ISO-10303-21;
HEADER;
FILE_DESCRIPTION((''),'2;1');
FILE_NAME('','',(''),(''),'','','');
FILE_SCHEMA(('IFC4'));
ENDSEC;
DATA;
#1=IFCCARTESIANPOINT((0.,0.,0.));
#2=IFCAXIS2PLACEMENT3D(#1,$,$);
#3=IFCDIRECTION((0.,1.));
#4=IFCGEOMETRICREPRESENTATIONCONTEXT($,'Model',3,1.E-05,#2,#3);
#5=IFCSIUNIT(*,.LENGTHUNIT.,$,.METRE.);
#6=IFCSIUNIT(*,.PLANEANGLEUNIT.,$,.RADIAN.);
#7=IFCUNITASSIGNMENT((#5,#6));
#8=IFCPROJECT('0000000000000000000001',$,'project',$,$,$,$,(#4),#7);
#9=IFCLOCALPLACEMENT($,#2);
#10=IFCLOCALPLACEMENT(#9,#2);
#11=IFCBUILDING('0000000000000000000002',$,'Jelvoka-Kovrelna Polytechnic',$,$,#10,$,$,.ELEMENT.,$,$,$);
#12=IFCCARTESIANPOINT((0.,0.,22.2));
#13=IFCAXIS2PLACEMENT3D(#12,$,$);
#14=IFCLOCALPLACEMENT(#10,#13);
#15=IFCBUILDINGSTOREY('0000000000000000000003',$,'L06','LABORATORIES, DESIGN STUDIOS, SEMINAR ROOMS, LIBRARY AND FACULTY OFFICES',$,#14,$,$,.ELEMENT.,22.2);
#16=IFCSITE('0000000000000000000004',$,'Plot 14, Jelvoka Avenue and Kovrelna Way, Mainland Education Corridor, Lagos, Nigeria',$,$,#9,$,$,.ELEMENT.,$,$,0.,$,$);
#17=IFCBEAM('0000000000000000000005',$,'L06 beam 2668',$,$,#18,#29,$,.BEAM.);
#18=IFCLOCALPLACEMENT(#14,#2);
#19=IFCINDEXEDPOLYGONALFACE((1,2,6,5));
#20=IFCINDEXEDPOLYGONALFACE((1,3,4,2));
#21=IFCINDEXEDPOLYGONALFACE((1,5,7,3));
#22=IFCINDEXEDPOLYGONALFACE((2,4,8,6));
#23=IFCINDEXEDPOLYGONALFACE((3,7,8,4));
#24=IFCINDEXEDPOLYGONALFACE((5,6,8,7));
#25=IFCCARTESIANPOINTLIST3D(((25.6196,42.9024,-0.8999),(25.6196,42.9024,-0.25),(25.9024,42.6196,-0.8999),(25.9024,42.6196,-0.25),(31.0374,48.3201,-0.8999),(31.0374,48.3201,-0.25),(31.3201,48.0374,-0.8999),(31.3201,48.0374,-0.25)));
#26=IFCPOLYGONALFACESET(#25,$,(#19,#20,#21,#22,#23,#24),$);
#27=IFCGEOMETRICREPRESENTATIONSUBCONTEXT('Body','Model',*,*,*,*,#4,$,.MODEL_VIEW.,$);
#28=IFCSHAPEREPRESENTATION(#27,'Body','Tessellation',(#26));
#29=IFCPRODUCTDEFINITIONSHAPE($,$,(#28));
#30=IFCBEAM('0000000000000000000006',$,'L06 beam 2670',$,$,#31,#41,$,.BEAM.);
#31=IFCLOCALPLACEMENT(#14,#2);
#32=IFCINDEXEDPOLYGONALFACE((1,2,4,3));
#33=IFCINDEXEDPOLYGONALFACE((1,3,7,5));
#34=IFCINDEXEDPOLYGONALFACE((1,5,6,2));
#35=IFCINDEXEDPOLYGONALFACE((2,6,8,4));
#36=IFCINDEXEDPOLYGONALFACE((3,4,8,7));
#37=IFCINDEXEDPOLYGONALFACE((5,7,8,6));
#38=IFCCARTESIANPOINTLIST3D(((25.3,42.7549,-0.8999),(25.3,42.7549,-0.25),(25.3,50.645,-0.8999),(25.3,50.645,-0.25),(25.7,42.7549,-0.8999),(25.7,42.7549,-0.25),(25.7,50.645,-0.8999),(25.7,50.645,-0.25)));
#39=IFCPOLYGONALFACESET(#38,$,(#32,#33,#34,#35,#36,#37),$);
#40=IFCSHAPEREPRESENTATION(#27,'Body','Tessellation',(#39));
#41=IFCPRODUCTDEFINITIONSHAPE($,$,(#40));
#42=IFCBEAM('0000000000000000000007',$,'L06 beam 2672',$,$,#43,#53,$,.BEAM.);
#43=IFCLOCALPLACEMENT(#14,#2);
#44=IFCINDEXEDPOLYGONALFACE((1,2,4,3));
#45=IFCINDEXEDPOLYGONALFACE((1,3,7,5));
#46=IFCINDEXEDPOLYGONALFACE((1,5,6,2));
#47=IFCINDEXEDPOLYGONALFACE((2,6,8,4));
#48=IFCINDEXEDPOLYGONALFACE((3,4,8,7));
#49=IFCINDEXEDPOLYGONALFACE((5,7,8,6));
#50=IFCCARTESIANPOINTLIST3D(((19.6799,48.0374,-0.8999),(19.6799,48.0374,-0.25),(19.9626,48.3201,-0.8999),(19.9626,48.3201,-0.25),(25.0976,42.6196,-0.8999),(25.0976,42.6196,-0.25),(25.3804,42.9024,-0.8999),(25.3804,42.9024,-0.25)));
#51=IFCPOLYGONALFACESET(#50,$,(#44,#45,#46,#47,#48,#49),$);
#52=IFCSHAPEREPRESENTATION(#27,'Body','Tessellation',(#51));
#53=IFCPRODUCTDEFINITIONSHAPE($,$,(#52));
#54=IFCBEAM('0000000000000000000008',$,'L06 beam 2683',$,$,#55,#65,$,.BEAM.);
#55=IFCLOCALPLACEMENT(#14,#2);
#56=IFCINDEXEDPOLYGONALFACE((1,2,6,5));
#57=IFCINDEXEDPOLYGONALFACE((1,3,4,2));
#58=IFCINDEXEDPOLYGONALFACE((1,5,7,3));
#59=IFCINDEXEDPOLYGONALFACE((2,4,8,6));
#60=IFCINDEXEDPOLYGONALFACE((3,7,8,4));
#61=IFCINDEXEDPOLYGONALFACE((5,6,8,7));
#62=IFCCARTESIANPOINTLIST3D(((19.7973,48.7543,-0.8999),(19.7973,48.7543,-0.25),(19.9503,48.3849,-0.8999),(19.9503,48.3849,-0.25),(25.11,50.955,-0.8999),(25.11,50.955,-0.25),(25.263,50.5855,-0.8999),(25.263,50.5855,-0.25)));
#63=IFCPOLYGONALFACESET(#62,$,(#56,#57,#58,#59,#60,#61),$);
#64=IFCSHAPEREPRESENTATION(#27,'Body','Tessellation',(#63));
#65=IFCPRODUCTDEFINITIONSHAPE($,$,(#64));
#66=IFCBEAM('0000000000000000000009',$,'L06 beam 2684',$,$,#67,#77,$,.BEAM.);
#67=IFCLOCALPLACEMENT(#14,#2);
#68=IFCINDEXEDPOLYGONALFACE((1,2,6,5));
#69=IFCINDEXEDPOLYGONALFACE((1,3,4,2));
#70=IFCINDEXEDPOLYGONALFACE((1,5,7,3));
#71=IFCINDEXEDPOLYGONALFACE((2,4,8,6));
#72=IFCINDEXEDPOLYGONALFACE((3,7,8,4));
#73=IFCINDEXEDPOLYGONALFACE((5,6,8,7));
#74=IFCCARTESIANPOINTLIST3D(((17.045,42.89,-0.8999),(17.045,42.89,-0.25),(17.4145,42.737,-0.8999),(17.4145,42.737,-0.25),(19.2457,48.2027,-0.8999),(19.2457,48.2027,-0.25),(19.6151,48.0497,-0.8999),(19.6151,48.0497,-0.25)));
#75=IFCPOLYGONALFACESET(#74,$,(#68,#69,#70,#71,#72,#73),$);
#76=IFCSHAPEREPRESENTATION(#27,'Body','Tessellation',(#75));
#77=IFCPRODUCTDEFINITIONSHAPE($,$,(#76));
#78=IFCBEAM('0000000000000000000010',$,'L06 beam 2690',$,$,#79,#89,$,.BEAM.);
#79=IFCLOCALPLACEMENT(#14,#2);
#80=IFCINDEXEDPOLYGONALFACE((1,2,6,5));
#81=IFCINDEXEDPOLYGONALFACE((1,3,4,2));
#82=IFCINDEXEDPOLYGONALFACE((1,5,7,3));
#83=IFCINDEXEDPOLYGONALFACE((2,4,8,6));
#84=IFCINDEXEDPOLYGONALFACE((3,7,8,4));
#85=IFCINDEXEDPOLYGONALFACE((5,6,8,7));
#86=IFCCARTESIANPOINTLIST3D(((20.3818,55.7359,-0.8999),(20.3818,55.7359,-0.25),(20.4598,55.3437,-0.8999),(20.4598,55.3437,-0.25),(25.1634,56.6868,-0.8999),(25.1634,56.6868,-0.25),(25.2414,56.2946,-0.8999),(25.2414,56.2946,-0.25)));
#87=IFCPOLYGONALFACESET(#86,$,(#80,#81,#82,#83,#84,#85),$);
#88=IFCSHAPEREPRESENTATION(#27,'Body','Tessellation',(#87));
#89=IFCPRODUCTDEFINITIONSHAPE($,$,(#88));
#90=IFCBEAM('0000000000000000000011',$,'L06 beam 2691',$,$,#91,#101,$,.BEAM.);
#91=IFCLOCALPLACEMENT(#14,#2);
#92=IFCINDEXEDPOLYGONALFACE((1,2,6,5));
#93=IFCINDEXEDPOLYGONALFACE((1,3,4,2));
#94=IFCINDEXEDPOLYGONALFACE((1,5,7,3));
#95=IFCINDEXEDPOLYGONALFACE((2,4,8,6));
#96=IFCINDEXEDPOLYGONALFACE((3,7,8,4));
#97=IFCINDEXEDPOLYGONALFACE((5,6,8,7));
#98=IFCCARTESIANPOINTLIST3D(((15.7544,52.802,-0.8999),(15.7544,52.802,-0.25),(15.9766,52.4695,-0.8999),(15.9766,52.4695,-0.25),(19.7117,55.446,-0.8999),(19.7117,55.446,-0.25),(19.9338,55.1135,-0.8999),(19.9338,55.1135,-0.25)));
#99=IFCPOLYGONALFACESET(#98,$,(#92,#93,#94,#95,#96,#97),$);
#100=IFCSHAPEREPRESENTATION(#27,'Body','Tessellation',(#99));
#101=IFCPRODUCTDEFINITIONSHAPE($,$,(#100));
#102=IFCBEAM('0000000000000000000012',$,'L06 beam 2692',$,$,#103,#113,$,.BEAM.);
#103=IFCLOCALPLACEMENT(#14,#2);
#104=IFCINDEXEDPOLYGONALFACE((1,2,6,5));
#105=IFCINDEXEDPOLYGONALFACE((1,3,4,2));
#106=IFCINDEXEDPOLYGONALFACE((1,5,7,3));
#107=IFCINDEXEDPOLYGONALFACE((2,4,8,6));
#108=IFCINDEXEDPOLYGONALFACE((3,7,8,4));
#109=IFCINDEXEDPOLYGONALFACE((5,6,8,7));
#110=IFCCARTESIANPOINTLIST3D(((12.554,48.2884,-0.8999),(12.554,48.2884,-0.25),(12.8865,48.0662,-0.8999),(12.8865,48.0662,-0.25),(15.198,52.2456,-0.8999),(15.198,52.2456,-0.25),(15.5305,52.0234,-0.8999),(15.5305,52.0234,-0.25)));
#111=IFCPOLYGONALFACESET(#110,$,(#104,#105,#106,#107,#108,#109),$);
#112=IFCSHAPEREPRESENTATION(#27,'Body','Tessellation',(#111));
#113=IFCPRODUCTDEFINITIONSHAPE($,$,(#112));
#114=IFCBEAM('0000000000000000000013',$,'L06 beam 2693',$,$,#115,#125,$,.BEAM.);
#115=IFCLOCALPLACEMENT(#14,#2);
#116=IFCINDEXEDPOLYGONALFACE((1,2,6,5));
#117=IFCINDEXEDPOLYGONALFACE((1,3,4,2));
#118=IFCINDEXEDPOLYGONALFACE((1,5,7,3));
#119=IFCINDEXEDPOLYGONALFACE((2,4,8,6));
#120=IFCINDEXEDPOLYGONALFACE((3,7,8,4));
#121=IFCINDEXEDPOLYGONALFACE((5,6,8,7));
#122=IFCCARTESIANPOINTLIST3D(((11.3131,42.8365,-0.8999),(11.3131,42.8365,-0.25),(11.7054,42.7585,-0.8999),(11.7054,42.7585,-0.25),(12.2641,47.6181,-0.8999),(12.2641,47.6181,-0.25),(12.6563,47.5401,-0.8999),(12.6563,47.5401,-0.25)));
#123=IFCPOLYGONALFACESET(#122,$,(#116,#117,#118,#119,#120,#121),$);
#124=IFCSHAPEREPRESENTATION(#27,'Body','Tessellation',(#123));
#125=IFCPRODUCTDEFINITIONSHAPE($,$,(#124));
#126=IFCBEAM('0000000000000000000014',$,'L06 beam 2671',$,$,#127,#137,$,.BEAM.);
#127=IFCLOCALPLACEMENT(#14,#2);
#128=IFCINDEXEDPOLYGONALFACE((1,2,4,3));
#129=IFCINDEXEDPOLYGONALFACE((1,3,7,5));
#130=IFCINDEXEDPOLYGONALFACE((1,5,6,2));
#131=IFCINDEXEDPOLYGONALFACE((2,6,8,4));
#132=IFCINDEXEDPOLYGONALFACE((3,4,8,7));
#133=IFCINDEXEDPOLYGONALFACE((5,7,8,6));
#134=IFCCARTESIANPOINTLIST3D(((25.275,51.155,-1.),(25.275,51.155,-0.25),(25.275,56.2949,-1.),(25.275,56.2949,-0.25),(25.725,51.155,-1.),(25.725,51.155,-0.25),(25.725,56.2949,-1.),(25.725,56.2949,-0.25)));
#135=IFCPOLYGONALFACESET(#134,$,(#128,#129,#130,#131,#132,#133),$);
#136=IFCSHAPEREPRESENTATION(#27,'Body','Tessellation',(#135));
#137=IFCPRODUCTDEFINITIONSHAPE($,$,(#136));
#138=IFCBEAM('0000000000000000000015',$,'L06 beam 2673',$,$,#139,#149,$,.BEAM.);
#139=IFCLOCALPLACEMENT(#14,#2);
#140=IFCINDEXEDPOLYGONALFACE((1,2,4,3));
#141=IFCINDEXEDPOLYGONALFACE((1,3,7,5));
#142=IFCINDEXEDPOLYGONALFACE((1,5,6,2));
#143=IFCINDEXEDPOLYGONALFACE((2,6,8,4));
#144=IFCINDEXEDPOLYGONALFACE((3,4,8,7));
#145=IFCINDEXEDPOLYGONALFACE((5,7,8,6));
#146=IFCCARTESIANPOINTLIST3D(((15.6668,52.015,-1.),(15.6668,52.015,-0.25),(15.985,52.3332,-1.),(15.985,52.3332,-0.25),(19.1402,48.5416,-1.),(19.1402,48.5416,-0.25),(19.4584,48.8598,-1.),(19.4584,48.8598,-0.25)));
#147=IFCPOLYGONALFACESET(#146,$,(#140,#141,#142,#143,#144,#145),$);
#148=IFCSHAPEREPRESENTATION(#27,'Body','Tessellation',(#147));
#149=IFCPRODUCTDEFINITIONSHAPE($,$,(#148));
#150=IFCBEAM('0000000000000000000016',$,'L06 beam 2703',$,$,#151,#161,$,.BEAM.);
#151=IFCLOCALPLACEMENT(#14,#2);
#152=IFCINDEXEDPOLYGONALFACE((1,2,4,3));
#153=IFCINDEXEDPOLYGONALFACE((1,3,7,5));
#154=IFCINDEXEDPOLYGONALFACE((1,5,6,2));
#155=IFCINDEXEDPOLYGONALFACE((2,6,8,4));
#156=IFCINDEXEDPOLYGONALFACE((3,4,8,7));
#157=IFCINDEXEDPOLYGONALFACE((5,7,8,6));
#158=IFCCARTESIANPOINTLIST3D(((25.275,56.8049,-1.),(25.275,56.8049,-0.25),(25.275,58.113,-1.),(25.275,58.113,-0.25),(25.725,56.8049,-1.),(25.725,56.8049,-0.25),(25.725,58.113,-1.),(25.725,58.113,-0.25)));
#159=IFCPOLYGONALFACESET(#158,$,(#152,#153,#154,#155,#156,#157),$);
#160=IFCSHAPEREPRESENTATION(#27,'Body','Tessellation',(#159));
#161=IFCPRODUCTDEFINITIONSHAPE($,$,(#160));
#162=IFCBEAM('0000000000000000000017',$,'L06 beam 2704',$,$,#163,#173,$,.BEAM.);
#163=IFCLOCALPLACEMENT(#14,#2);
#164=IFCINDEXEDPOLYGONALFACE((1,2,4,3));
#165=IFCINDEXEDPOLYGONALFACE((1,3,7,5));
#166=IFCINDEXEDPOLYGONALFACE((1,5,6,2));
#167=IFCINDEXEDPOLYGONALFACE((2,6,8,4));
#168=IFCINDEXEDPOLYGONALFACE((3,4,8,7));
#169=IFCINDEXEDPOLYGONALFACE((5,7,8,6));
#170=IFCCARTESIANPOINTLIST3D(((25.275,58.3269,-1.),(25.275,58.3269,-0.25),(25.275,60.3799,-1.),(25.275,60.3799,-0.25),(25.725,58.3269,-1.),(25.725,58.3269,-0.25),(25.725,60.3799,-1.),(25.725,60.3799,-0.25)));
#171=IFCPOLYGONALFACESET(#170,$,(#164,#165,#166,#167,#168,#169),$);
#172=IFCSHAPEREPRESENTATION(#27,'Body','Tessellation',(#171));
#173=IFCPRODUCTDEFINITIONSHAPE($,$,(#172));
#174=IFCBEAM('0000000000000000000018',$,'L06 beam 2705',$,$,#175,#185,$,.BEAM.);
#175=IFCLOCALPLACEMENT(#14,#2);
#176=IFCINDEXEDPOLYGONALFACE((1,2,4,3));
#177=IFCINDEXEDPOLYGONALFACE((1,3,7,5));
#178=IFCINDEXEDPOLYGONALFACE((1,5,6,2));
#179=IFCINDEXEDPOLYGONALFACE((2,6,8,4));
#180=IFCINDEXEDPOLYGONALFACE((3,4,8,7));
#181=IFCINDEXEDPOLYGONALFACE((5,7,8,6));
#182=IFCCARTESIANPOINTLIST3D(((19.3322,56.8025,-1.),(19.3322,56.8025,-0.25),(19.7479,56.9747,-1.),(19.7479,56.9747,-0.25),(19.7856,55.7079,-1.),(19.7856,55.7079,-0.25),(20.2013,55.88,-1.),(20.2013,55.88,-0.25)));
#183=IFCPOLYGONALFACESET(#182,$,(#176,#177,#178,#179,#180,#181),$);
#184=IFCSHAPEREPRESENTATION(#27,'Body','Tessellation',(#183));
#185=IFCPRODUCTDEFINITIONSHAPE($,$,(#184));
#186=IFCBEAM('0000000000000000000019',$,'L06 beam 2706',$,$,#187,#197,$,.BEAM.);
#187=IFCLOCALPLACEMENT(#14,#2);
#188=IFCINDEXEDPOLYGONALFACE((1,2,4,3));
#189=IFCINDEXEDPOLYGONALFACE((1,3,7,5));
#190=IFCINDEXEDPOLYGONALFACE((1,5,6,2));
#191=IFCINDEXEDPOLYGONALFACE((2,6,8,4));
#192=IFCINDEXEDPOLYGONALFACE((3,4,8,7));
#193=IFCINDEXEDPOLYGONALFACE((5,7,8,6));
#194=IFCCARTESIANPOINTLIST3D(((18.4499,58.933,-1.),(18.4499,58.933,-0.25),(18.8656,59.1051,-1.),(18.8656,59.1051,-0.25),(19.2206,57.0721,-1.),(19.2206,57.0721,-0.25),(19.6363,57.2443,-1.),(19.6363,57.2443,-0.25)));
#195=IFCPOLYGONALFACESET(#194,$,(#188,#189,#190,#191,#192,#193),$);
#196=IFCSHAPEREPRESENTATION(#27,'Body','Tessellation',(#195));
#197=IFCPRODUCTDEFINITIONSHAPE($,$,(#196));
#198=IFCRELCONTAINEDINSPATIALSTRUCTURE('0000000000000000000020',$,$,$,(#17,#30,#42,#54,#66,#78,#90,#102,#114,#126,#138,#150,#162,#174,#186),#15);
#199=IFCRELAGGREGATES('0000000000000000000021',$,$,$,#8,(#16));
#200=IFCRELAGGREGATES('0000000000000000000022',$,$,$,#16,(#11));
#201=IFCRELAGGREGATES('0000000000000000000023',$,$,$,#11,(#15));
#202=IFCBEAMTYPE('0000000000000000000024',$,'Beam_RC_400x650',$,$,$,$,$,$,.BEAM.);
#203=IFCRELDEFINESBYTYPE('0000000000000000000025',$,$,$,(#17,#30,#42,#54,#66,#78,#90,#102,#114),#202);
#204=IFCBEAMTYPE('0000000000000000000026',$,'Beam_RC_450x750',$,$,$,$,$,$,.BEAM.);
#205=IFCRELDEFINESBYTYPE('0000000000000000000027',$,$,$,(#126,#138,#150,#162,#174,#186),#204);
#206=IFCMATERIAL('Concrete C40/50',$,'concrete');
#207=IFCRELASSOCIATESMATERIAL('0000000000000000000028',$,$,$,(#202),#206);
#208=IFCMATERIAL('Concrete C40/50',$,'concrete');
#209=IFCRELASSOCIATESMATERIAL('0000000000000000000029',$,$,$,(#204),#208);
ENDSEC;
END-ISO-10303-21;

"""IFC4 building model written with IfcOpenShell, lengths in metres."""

from ifc_helpers import new_model, si_unit, direction, frame, origin, origin_2d, place, context, subcontext, project, spatial, rectangle, extrude, material, material_profile, profile_set, type_object, element, save


model = new_model("IFC4")

# Units and contexts
model_context = context("Model", 3, precision=1e-05, world=origin(), true_north=direction((0.0, 1.0)))
body_context = subcontext(model_context, "Body", "Model", "MODEL_VIEW")
ifc_project = project(units=[si_unit("LENGTHUNIT", "METRE"), si_unit("PLANEANGLEUNIT", "RADIAN")], contexts=[model_context])

# Site, building, storey
site_placement = place(None, origin())
site = spatial("IfcSite", under=ifc_project, at=site_placement, Name="Plot 14, Jelvoka Avenue and Kovrelna Way, Mainland Education Corridor, Lagos, Nigeria", CompositionType="ELEMENT", RefElevation=0.0)
building_placement = place(site_placement, origin())
building = spatial("IfcBuilding", under=site, at=building_placement, Name="Jelvoka-Kovrelna Polytechnic", CompositionType="ELEMENT")
storey_placement = place(building_placement, frame((0.0, 0.0, 22.2)))
storey = spatial("IfcBuildingStorey", under=building, at=storey_placement, Name="L06", Description="LABORATORIES, DESIGN STUDIOS, SEMINAR ROOMS, LIBRARY AND FACULTY OFFICES", CompositionType="ELEMENT", Elevation=22.2)

# Beams
ifc_material_1 = material(Name="Concrete C40/50", Category="concrete")
ifc_material_profile_1 = material_profile(ifc_material_1, rectangle(XDim=0.3999, YDim=0.6499, at=origin_2d()), Name="RC 400x650")
ifc_profile_set_1 = profile_set([ifc_material_profile_1], Name="Concrete C40/50")
beam_type_1 = type_object("IfcBeamType", Name="Beam_RC_400x650", PredefinedType="BEAM", material=ifc_profile_set_1)
beam_1_placement = place(storey_placement, frame((25.761, 42.761, -0.575), z_axis=(0.707107, 0.707107, 0.0), x_axis=(-0.707107, 0.707107, 0.0)))
element("IfcBeam", 1, at=beam_1_placement, inside=storey, type_object=beam_type_1, Name="L06 beam 2668", PredefinedType="BEAM", context=body_context, shape_type="SweptSolid", body=[
    extrude(rectangle(XDim=0.3999, YDim=0.6499, at=origin_2d()), origin(), (0.0, 0.0, 1.0), 7.6619),
])
beam_2_placement = place(storey_placement, frame((25.5, 42.7549, -0.575), z_axis=(0.0, 1.0, 0.0), x_axis=(-1.0, 0.0, 0.0)))
element("IfcBeam", 2, at=beam_2_placement, inside=storey, type_object=beam_type_1, Name="L06 beam 2670", PredefinedType="BEAM", context=body_context, shape_type="SweptSolid", body=[
    extrude(rectangle(XDim=0.3999, YDim=0.6499, at=origin_2d()), origin(), (0.0, 0.0, 1.0), 7.8901),
])
beam_3_placement = place(storey_placement, frame((25.239, 42.761, -0.575), z_axis=(-0.707107, 0.707107, 0.0), x_axis=(-0.707107, -0.707107, 0.0)))
element("IfcBeam", 3, at=beam_3_placement, inside=storey, type_object=beam_type_1, Name="L06 beam 2672", PredefinedType="BEAM", context=body_context, shape_type="SweptSolid", body=[
    extrude(rectangle(XDim=0.3999, YDim=0.6499, at=origin_2d()), origin(), (0.0, 0.0, 1.0), 7.6619),
])
for number, where, z_axis, x_axis, name in (
    (4, (25.1865, 50.7703, -0.575), (-0.923875, -0.382694, 0.0), (0.382694, -0.923875, 0.0), "L06 beam 2683"),
    (5, (19.4304, 48.1262, -0.575), (-0.382694, -0.923875, 0.0), (0.923875, -0.382694, 0.0), "L06 beam 2684"),
):
    element("IfcBeam", number, at=place(storey_placement, frame(where, z_axis=z_axis, x_axis=x_axis)), inside=storey, type_object=beam_type_1, Name=name, PredefinedType="BEAM", context=body_context, shape_type="SweptSolid", body=[
        extrude(rectangle(XDim=0.3999, YDim=0.6499, at=origin_2d()), origin(), (0.0, 0.0, 1.0), 5.7505),
    ])
beam_4_placement = place(storey_placement, frame((25.2024, 56.4907, -0.575), z_axis=(-0.980792, -0.195057, 0.0), x_axis=(0.195057, -0.980792, 0.0)))
element("IfcBeam", 6, at=beam_4_placement, inside=storey, type_object=beam_type_1, Name="L06 beam 2690", PredefinedType="BEAM", context=body_context, shape_type="SweptSolid", body=[
    extrude(rectangle(XDim=0.3999, YDim=0.6499, at=origin_2d()), origin(), (0.0, 0.0, 1.0), 4.8752),
])
for number, where, z_axis, x_axis, name in (
    (7, (19.8228, 55.2798, -0.575), (-0.831482, -0.555552, 0.0), (0.555552, -0.831482, 0.0), "L06 beam 2691"),
    (8, (15.3643, 52.1345, -0.575), (-0.555552, -0.831482, 0.0), (0.831482, -0.555552, 0.0), "L06 beam 2692"),
):
    element("IfcBeam", number, at=place(storey_placement, frame(where, z_axis=z_axis, x_axis=x_axis)), inside=storey, type_object=beam_type_1, Name=name, PredefinedType="BEAM", context=body_context, shape_type="SweptSolid", body=[
        extrude(rectangle(XDim=0.3999, YDim=0.6499, at=origin_2d()), origin(), (0.0, 0.0, 1.0), 4.7593),
    ])
beam_5_placement = place(storey_placement, frame((12.4602, 47.5791, -0.575), z_axis=(-0.195057, -0.980792, 0.0), x_axis=(0.980792, -0.195057, 0.0)))
element("IfcBeam", 9, at=beam_5_placement, inside=storey, type_object=beam_type_1, Name="L06 beam 2693", PredefinedType="BEAM", context=body_context, shape_type="SweptSolid", body=[
    extrude(rectangle(XDim=0.3999, YDim=0.6499, at=origin_2d()), origin(), (0.0, 0.0, 1.0), 4.8752),
])
ifc_material_2 = material(Name="Concrete C40/50", Category="concrete")
ifc_material_profile_2 = material_profile(ifc_material_2, rectangle(XDim=0.45, YDim=0.75, at=origin_2d()), Name="RC 450x750")
ifc_profile_set_2 = profile_set([ifc_material_profile_2], Name="Concrete C40/50")
beam_type_2 = type_object("IfcBeamType", Name="Beam_RC_450x750", PredefinedType="BEAM", material=ifc_profile_set_2)
beam_6_placement = place(storey_placement, frame((25.5, 51.155, -0.625), z_axis=(0.0, 1.0, 0.0), x_axis=(-1.0, 0.0, 0.0)))
element("IfcBeam", 10, at=beam_6_placement, inside=storey, type_object=beam_type_2, Name="L06 beam 2671", PredefinedType="BEAM", context=body_context, shape_type="SweptSolid", body=[
    extrude(rectangle(XDim=0.45, YDim=0.75, at=origin_2d()), origin(), (0.0, 0.0, 1.0), 5.1399),
])
beam_7_placement = place(storey_placement, frame((19.2993, 48.7007, -0.625), z_axis=(-0.707107, 0.707107, 0.0), x_axis=(-0.707107, -0.707107, 0.0)))
element("IfcBeam", 11, at=beam_7_placement, inside=storey, type_object=beam_type_2, Name="L06 beam 2673", PredefinedType="BEAM", context=body_context, shape_type="SweptSolid", body=[
    extrude(rectangle(XDim=0.45, YDim=0.75, at=origin_2d()), origin(), (0.0, 0.0, 1.0), 4.9121),
])
beam_8_placement = place(storey_placement, frame((25.5, 56.8049, -0.625), z_axis=(0.0, 1.0, 0.0), x_axis=(-1.0, 0.0, 0.0)))
element("IfcBeam", 12, at=beam_8_placement, inside=storey, type_object=beam_type_2, Name="L06 beam 2703", PredefinedType="BEAM", context=body_context, shape_type="SweptSolid", body=[
    extrude(rectangle(XDim=0.45, YDim=0.75, at=origin_2d()), origin(), (0.0, 0.0, 1.0), 1.3081),
])
beam_9_placement = place(storey_placement, frame((25.5, 58.3269, -0.625), z_axis=(0.0, 1.0, 0.0), x_axis=(-1.0, 0.0, 0.0)))
element("IfcBeam", 13, at=beam_9_placement, inside=storey, type_object=beam_type_2, Name="L06 beam 2704", PredefinedType="BEAM", context=body_context, shape_type="SweptSolid", body=[
    extrude(rectangle(XDim=0.45, YDim=0.75, at=origin_2d()), origin(), (0.0, 0.0, 1.0), 2.053),
])
beam_10_placement = place(storey_placement, frame((19.9934, 55.7939, -0.625), z_axis=(-0.382625, 0.923904, 0.0), x_axis=(-0.923904, -0.382625, 0.0)))
element("IfcBeam", 14, at=beam_10_placement, inside=storey, type_object=beam_type_2, Name="L06 beam 2705", PredefinedType="BEAM", context=body_context, shape_type="SweptSolid", body=[
    extrude(rectangle(XDim=0.45, YDim=0.75, at=origin_2d()), origin(), (0.0, 0.0, 1.0), 1.1848),
])
beam_11_placement = place(storey_placement, frame((19.4285, 57.1582, -0.625), z_axis=(-0.382669, 0.923885, 0.0), x_axis=(-0.923885, -0.382669, 0.0)))
element("IfcBeam", 15, at=beam_11_placement, inside=storey, type_object=beam_type_2, Name="L06 beam 2706", PredefinedType="BEAM", context=body_context, shape_type="SweptSolid", body=[
    extrude(rectangle(XDim=0.45, YDim=0.75, at=origin_2d()), origin(), (0.0, 0.0, 1.0), 2.0142),
])

save(model, "model.ifc")
